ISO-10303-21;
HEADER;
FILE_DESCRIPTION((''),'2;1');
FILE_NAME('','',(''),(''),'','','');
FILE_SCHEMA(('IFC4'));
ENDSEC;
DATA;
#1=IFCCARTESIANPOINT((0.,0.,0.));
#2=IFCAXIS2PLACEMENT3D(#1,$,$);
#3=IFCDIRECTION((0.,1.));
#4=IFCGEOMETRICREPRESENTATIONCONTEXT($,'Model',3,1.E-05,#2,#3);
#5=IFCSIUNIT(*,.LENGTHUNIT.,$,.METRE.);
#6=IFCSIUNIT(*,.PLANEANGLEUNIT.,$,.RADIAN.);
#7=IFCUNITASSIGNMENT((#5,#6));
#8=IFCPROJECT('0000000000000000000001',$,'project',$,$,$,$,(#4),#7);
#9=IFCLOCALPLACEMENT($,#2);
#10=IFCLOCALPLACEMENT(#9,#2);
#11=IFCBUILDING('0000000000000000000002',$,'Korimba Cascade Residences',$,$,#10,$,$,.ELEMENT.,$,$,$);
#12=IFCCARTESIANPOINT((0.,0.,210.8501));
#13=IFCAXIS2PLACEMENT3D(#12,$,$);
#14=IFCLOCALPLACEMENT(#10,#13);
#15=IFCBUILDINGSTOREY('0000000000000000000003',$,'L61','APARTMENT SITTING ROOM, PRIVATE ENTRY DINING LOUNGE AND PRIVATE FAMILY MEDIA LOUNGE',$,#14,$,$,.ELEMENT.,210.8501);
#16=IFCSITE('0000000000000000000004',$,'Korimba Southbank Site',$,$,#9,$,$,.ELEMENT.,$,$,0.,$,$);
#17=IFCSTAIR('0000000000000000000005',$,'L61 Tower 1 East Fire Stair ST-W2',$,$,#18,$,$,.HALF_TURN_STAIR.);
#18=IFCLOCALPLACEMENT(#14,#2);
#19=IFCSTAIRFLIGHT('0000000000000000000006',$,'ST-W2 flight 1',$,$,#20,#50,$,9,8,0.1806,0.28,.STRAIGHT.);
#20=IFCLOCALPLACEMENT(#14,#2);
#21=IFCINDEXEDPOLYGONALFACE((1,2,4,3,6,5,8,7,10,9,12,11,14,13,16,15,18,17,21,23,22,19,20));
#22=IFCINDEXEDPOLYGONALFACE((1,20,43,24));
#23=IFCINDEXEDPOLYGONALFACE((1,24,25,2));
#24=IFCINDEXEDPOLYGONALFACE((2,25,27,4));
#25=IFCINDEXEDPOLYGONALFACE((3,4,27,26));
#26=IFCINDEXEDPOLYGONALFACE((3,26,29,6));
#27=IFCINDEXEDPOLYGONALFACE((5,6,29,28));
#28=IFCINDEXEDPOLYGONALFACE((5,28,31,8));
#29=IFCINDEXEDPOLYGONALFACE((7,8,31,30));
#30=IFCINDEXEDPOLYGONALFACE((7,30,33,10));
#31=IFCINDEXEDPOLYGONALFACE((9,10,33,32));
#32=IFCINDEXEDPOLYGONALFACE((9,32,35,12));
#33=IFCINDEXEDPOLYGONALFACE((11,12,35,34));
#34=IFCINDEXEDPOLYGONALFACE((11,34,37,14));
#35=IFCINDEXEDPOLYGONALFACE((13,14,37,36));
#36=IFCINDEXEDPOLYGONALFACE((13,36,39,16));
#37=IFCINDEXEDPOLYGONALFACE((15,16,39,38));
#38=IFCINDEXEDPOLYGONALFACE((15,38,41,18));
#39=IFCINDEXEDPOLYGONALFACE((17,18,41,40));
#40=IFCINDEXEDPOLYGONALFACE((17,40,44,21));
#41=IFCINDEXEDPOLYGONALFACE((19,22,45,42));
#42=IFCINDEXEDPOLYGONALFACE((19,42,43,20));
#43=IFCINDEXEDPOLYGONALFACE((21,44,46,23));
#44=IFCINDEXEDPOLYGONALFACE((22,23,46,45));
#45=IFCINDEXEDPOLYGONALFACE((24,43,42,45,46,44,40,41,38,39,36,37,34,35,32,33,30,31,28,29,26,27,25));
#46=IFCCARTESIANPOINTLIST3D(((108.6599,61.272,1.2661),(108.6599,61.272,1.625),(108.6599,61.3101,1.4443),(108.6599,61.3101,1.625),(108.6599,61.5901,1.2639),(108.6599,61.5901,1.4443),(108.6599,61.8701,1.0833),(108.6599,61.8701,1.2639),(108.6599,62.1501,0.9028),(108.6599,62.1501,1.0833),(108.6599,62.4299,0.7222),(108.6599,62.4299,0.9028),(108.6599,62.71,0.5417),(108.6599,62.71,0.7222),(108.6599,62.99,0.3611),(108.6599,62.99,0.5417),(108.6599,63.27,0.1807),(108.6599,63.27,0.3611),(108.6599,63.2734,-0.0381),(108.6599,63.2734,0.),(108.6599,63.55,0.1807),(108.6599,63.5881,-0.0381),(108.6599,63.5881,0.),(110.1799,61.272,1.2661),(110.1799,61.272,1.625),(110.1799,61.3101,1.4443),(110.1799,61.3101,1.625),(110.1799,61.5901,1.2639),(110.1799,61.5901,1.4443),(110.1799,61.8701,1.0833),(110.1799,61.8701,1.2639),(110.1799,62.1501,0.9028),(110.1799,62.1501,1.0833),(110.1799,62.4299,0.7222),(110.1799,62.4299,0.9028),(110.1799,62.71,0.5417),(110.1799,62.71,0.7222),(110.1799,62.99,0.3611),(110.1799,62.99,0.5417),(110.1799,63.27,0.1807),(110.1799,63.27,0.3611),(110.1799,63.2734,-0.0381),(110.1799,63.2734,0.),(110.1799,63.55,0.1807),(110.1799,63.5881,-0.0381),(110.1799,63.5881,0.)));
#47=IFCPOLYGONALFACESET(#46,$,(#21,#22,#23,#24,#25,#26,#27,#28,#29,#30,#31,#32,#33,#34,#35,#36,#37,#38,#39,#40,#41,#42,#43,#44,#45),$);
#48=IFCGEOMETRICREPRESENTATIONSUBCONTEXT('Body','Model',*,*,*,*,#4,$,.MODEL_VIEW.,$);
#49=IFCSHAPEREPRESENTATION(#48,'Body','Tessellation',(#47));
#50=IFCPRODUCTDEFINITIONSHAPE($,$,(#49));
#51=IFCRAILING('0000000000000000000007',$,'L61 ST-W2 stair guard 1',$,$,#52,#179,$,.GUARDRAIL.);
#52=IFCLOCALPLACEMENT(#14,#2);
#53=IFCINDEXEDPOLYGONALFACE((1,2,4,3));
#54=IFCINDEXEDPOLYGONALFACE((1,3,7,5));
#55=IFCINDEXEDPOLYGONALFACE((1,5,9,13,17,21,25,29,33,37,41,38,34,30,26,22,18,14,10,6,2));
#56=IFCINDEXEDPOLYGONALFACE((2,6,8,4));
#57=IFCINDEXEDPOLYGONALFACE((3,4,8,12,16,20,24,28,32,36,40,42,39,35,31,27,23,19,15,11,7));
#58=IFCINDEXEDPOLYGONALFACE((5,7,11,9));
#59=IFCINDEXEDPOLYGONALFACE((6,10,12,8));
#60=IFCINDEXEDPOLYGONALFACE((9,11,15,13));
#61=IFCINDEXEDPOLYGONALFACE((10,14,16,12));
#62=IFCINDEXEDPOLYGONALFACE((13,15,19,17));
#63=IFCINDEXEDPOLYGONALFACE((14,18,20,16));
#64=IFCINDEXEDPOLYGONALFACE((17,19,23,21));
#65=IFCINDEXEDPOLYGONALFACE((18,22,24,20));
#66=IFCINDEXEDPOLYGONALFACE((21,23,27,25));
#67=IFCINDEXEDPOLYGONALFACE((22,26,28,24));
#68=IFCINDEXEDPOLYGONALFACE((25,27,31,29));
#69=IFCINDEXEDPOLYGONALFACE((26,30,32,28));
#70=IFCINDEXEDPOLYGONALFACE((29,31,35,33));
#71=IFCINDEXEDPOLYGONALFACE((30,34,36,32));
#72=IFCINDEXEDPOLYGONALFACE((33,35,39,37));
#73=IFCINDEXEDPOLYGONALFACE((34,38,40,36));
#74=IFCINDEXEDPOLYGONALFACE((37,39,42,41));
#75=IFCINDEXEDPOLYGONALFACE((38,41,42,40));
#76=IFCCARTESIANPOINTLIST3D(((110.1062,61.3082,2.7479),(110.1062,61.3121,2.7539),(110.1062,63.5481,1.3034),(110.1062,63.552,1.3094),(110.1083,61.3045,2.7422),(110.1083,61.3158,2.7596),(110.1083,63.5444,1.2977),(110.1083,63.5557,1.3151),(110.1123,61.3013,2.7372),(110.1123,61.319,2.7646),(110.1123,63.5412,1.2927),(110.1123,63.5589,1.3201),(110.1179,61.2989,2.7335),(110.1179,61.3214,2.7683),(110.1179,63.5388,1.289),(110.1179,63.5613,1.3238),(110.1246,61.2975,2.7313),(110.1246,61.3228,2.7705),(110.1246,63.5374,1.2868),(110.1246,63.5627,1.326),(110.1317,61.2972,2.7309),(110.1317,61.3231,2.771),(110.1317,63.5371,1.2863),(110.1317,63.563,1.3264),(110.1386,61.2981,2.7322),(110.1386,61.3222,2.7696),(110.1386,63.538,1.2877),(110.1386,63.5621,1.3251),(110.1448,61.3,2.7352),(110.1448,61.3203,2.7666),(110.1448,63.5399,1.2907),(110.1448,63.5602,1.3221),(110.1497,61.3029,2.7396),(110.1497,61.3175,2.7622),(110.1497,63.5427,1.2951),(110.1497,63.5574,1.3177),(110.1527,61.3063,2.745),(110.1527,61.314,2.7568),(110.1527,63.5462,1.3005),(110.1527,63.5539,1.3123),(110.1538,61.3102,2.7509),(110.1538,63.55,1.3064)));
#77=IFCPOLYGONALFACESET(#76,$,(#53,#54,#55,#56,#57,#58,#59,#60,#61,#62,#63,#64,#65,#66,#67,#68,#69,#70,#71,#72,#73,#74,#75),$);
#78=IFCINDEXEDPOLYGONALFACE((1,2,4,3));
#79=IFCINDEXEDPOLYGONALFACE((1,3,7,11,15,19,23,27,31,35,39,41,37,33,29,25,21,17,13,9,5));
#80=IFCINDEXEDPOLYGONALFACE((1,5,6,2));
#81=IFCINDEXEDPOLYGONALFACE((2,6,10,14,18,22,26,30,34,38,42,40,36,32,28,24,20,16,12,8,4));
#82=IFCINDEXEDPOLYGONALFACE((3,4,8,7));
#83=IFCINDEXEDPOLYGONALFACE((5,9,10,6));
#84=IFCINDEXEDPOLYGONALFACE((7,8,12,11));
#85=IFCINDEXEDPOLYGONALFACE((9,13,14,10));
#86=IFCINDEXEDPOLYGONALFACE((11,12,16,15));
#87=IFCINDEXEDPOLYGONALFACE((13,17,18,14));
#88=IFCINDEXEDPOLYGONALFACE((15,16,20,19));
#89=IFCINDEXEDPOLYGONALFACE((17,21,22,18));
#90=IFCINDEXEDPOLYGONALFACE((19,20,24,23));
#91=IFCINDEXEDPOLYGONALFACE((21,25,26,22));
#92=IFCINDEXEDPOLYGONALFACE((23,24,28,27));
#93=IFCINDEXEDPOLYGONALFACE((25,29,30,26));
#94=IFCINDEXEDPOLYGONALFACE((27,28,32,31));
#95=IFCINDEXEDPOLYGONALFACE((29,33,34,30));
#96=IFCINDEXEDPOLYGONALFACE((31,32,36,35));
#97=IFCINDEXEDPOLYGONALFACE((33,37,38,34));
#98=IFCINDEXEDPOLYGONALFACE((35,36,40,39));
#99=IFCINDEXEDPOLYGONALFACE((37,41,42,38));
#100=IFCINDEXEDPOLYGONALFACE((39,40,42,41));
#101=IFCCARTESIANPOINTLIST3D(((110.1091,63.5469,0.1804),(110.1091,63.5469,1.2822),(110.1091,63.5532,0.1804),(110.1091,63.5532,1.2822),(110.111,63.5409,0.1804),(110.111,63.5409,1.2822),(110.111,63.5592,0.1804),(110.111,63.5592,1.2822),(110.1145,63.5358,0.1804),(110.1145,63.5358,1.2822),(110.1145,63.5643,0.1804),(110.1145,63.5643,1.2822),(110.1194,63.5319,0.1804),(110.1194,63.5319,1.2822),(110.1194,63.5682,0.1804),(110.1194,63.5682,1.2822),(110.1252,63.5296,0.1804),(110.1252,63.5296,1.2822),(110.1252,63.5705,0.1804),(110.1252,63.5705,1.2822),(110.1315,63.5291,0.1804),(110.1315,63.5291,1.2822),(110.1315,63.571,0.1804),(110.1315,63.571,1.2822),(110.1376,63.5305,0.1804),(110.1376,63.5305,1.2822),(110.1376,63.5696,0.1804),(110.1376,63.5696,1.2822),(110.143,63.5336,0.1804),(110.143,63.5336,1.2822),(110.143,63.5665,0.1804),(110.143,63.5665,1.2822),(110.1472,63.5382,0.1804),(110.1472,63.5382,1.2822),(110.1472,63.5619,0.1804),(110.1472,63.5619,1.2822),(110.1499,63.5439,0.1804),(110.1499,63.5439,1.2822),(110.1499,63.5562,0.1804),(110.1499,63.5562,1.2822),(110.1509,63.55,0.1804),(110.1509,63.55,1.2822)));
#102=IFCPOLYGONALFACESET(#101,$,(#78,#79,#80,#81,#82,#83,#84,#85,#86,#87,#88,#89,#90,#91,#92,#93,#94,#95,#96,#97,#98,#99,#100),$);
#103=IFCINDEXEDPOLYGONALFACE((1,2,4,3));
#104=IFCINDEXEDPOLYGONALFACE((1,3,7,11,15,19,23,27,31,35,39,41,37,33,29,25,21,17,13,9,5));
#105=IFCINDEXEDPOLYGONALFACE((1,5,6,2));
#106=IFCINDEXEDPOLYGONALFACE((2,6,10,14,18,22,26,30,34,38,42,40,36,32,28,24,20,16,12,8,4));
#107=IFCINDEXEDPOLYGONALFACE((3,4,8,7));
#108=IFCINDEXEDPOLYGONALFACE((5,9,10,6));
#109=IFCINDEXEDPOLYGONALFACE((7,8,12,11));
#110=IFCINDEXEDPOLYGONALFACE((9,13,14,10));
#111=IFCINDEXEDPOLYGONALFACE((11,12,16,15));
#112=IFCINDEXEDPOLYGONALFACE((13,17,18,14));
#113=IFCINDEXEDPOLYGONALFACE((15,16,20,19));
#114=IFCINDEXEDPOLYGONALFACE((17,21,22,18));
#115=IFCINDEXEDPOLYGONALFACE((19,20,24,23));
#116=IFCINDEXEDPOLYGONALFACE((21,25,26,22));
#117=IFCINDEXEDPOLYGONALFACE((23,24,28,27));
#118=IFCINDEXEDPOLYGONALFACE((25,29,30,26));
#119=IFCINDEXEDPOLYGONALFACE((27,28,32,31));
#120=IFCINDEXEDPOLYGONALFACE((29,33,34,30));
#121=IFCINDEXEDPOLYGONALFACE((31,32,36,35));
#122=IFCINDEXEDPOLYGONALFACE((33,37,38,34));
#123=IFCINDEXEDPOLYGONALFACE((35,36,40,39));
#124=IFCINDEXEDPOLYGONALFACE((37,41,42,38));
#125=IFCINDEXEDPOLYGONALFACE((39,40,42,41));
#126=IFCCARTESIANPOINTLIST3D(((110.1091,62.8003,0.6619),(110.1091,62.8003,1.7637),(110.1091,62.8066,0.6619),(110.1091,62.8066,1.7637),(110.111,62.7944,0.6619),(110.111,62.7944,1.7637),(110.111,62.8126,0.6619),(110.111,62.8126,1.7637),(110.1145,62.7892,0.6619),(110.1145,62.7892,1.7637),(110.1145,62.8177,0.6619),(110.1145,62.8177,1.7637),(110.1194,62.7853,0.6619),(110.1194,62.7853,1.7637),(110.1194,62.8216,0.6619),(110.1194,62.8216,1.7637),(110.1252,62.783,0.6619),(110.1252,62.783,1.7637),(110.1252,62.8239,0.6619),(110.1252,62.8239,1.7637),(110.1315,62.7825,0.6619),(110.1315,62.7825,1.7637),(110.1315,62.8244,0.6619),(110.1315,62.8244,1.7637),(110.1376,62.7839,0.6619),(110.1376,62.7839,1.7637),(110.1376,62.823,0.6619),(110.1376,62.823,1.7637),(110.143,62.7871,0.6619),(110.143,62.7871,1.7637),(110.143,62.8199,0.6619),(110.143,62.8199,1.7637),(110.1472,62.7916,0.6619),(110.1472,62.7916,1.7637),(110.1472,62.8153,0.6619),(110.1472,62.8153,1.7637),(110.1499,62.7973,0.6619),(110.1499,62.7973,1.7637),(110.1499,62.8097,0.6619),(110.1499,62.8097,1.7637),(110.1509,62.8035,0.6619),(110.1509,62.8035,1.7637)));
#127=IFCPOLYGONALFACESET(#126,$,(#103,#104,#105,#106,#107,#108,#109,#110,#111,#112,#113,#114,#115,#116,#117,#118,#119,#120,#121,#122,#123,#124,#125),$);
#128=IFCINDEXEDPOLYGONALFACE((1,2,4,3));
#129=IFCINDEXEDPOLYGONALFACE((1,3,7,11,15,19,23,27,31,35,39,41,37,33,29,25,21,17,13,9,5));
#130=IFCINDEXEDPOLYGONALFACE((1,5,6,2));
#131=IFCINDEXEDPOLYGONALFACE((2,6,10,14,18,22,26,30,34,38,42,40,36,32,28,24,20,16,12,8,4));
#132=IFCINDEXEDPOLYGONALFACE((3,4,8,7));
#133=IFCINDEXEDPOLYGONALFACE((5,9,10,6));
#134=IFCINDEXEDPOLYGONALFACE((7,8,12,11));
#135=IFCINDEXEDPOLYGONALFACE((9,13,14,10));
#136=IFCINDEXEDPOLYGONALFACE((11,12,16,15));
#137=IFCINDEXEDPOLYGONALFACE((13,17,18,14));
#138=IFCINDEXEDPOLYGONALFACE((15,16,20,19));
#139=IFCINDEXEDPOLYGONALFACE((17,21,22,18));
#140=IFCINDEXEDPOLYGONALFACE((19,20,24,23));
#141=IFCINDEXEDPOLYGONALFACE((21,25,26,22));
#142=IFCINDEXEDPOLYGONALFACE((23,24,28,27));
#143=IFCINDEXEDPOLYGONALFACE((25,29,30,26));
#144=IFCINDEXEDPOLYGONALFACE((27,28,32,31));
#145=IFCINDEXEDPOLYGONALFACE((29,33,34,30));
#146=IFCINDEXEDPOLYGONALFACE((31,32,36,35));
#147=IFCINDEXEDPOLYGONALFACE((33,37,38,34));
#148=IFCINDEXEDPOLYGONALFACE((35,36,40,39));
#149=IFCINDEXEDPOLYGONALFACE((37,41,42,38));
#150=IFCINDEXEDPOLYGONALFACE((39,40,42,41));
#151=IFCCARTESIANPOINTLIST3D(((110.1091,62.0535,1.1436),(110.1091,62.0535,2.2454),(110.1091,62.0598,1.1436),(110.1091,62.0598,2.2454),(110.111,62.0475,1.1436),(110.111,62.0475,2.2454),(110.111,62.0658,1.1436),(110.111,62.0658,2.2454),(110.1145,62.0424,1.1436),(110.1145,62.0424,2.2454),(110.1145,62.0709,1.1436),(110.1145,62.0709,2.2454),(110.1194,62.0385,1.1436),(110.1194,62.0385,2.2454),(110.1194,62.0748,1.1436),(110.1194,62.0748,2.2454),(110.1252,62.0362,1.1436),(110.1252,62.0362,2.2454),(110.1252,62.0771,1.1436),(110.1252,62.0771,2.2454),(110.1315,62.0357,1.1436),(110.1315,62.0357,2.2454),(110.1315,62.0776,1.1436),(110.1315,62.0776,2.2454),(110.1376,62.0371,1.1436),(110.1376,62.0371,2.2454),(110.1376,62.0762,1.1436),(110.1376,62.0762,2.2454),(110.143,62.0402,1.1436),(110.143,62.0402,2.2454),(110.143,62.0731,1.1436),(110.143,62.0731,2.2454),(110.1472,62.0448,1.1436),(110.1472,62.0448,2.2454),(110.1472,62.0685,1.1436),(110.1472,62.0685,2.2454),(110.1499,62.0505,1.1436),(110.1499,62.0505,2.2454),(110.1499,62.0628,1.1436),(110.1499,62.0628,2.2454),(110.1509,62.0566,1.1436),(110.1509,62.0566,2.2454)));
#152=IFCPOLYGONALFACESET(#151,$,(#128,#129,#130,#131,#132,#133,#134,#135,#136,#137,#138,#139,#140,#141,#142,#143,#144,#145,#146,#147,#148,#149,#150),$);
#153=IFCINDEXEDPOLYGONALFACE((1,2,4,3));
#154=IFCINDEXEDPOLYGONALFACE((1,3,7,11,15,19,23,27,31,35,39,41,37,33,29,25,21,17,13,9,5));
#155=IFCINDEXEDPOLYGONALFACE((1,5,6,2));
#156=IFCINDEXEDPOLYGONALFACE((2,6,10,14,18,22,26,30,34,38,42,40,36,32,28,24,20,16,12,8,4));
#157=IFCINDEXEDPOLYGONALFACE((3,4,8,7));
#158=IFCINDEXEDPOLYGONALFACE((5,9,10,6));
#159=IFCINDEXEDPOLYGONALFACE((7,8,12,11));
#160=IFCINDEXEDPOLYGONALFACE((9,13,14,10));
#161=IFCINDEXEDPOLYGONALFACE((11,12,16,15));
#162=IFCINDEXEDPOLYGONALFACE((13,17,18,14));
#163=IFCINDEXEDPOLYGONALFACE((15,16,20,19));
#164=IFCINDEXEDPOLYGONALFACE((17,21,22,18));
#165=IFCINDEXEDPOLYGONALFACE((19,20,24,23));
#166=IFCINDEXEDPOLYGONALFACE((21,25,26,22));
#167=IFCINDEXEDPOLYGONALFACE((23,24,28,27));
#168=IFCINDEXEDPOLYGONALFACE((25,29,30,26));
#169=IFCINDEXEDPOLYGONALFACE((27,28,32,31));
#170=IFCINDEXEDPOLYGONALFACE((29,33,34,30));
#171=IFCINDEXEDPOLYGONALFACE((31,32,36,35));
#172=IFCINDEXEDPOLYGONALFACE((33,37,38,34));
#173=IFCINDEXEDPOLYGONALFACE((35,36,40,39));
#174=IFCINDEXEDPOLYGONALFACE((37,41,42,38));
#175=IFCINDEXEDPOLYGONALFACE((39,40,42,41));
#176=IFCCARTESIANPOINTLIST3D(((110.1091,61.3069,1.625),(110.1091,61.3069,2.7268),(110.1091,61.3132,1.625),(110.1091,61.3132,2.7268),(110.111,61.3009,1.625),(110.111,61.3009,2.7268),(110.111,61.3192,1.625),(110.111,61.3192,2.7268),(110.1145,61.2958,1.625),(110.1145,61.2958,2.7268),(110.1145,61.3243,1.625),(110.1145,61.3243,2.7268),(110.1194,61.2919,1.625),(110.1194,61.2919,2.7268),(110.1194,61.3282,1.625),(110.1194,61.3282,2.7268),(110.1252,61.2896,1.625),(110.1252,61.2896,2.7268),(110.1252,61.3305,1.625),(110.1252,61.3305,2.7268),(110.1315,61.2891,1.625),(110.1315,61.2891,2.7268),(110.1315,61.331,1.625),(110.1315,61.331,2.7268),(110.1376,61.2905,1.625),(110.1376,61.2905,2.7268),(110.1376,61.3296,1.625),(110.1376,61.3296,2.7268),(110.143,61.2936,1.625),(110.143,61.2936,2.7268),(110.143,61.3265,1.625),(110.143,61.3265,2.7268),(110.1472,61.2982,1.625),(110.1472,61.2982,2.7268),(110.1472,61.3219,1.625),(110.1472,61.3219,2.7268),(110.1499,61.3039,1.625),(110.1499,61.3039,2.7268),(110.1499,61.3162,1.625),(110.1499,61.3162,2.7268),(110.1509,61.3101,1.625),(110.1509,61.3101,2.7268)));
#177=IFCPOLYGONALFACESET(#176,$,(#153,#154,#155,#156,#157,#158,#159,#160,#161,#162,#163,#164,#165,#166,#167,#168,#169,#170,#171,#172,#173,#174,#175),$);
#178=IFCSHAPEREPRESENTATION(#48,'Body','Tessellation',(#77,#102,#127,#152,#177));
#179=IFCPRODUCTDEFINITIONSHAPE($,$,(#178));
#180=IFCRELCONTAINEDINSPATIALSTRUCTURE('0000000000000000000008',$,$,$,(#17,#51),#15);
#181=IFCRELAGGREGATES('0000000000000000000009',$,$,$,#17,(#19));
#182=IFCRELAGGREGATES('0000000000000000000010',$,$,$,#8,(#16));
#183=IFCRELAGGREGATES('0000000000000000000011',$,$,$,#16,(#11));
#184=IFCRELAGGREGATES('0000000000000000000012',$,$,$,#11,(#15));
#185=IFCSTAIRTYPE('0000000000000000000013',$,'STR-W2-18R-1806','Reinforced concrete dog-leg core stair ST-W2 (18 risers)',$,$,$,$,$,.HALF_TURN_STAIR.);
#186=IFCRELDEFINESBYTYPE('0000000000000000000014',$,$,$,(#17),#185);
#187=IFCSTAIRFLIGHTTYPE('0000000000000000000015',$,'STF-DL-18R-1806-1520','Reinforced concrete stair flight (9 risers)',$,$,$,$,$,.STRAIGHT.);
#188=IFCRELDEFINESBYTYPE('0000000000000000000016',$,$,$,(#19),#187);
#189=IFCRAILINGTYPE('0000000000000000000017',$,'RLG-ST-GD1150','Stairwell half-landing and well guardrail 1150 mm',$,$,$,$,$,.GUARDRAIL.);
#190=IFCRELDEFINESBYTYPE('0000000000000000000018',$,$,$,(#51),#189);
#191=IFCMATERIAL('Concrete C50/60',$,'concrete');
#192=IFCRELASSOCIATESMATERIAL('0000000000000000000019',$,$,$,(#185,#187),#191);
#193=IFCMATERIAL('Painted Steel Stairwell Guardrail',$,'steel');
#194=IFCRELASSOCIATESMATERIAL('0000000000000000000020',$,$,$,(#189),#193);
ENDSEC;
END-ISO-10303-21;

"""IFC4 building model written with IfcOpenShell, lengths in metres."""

from ifc_helpers import new_model, si_unit, direction, frame, origin, origin_2d, place, context, subcontext, project, spatial, polyline, circle, outline, extrude, material, type_object, element, aggregate, save


model = new_model("IFC4")

# Units and contexts
model_context = context("Model", 3, precision=1e-05, world=origin(), true_north=direction((0.0, 1.0)))
body_context = subcontext(model_context, "Body", "Model", "MODEL_VIEW")
ifc_project = project(units=[si_unit("LENGTHUNIT", "METRE"), si_unit("PLANEANGLEUNIT", "RADIAN")], contexts=[model_context])

# Site, building, storey
site_placement = place(None, origin())
site = spatial("IfcSite", under=ifc_project, at=site_placement, Name="Korimba Southbank Site", CompositionType="ELEMENT", RefElevation=0.0)
building_placement = place(site_placement, origin())
building = spatial("IfcBuilding", under=site, at=building_placement, Name="Korimba Cascade Residences", CompositionType="ELEMENT")
storey_placement = place(building_placement, frame((0.0, 0.0, 210.8501)))
storey = spatial("IfcBuildingStorey", under=building, at=storey_placement, Name="L61", Description="APARTMENT SITTING ROOM, PRIVATE ENTRY DINING LOUNGE AND PRIVATE FAMILY MEDIA LOUNGE", CompositionType="ELEMENT", Elevation=210.8501)

# Shared definitions
ifc_material_1 = material(Name="Concrete C50/60", Category="concrete")

# Stair, stair flight
stair_type = type_object("IfcStairType", Name="STR-W2-18R-1806", Description="Reinforced concrete dog-leg core stair ST-W2 (18 risers)", PredefinedType="HALF_TURN_STAIR", material=ifc_material_1)
stair_placement = place(storey_placement, origin())
stair = element("IfcStair", 1, at=stair_placement, inside=storey, type_object=stair_type, Name="L61 Tower 1 East Fire Stair ST-W2", PredefinedType="HALF_TURN_STAIR")
stair_flight_type = type_object("IfcStairFlightType", Name="STF-DL-18R-1806-1520", Description="Reinforced concrete stair flight (9 risers)", PredefinedType="STRAIGHT", material=ifc_material_1)
stair_flight_placement = place(storey_placement, frame((109.4199, 63.55, 0.0), z_axis=(0.0, 0.0, 1.0), x_axis=(0.0, -1.0, 0.0)))
stair_flight = element("IfcStairFlight", 2, at=stair_flight_placement, type_object=stair_flight_type, Name="ST-W2 flight 1", NumberOfRisers=9, NumberOfTreads=8, PredefinedType="STRAIGHT", RiserHeight=0.1806, TreadLength=0.28, context=body_context, shape_type="SweptSolid", body=[
    extrude(outline(polyline([(-0.0381, 0.0), (0.0, 0.1807), (0.28, 0.1807), (0.28, 0.3611), (0.5601, 0.3611), (0.5601, 0.5417), (0.8401, 0.5417), (0.8401, 0.7222), (1.1201, 0.7222), (1.1201, 0.9028), (1.3999, 0.9028), (1.3999, 1.0833), (1.6799, 1.0833), (1.6799, 1.2639), (1.96, 1.2639), (1.96, 1.4443), (2.24, 1.4443), (2.24, 1.625), (2.2781, 1.625), (2.2781, 1.2661), (0.2766, 0.0), (0.2766, -0.0381), (-0.0381, -0.0381), (-0.0381, 0.0)])), frame((0.0, 0.76, 0.0), z_axis=(0.0, -1.0, 0.0), x_axis=(1.0, 0.0, 0.0)), (0.0, 0.0, 1.0), 1.52),
])
aggregate(stair, [stair_flight])

# Railing
ifc_material_2 = material(Name="Painted Steel Stairwell Guardrail", Category="steel")
railing_type_1 = type_object("IfcRailingType", Name="RLG-ST-GD1150", Description="Stairwell half-landing and well guardrail 1150 mm", PredefinedType="GUARDRAIL", material=ifc_material_2)
railing_1_placement = place(storey_placement, frame((110.1299, 63.55, 0.1804)))
element("IfcRailing", 3, at=railing_1_placement, inside=storey, type_object=railing_type_1, Name="L61 ST-W2 stair guard 1", PredefinedType="GUARDRAIL", context=body_context, shape_type="SweptSolid", body=[
    extrude(circle(Radius=0.0239, at=origin_2d()), frame((0.0, 0.0, 1.126), z_axis=(0.0, -0.840395, 0.541975), x_axis=(1.0, 0.0, 0.0)), (0.0, 0.0, 1.0), 2.6653),
    extrude(circle(Radius=0.021, at=origin_2d()), origin(), (0.0, 0.0, 1.0), 1.1018),
    extrude(circle(Radius=0.021, at=origin_2d()), frame((0.0, -0.7466, 0.4814)), (0.0, 0.0, 1.0), 1.1018),
    extrude(circle(Radius=0.021, at=origin_2d()), frame((0.0, -1.4934, 0.9631)), (0.0, 0.0, 1.0), 1.1018),
    extrude(circle(Radius=0.021, at=origin_2d()), frame((0.0, -2.24, 1.4446)), (0.0, 0.0, 1.0), 1.1018),
])

save(model, "model.ifc")
